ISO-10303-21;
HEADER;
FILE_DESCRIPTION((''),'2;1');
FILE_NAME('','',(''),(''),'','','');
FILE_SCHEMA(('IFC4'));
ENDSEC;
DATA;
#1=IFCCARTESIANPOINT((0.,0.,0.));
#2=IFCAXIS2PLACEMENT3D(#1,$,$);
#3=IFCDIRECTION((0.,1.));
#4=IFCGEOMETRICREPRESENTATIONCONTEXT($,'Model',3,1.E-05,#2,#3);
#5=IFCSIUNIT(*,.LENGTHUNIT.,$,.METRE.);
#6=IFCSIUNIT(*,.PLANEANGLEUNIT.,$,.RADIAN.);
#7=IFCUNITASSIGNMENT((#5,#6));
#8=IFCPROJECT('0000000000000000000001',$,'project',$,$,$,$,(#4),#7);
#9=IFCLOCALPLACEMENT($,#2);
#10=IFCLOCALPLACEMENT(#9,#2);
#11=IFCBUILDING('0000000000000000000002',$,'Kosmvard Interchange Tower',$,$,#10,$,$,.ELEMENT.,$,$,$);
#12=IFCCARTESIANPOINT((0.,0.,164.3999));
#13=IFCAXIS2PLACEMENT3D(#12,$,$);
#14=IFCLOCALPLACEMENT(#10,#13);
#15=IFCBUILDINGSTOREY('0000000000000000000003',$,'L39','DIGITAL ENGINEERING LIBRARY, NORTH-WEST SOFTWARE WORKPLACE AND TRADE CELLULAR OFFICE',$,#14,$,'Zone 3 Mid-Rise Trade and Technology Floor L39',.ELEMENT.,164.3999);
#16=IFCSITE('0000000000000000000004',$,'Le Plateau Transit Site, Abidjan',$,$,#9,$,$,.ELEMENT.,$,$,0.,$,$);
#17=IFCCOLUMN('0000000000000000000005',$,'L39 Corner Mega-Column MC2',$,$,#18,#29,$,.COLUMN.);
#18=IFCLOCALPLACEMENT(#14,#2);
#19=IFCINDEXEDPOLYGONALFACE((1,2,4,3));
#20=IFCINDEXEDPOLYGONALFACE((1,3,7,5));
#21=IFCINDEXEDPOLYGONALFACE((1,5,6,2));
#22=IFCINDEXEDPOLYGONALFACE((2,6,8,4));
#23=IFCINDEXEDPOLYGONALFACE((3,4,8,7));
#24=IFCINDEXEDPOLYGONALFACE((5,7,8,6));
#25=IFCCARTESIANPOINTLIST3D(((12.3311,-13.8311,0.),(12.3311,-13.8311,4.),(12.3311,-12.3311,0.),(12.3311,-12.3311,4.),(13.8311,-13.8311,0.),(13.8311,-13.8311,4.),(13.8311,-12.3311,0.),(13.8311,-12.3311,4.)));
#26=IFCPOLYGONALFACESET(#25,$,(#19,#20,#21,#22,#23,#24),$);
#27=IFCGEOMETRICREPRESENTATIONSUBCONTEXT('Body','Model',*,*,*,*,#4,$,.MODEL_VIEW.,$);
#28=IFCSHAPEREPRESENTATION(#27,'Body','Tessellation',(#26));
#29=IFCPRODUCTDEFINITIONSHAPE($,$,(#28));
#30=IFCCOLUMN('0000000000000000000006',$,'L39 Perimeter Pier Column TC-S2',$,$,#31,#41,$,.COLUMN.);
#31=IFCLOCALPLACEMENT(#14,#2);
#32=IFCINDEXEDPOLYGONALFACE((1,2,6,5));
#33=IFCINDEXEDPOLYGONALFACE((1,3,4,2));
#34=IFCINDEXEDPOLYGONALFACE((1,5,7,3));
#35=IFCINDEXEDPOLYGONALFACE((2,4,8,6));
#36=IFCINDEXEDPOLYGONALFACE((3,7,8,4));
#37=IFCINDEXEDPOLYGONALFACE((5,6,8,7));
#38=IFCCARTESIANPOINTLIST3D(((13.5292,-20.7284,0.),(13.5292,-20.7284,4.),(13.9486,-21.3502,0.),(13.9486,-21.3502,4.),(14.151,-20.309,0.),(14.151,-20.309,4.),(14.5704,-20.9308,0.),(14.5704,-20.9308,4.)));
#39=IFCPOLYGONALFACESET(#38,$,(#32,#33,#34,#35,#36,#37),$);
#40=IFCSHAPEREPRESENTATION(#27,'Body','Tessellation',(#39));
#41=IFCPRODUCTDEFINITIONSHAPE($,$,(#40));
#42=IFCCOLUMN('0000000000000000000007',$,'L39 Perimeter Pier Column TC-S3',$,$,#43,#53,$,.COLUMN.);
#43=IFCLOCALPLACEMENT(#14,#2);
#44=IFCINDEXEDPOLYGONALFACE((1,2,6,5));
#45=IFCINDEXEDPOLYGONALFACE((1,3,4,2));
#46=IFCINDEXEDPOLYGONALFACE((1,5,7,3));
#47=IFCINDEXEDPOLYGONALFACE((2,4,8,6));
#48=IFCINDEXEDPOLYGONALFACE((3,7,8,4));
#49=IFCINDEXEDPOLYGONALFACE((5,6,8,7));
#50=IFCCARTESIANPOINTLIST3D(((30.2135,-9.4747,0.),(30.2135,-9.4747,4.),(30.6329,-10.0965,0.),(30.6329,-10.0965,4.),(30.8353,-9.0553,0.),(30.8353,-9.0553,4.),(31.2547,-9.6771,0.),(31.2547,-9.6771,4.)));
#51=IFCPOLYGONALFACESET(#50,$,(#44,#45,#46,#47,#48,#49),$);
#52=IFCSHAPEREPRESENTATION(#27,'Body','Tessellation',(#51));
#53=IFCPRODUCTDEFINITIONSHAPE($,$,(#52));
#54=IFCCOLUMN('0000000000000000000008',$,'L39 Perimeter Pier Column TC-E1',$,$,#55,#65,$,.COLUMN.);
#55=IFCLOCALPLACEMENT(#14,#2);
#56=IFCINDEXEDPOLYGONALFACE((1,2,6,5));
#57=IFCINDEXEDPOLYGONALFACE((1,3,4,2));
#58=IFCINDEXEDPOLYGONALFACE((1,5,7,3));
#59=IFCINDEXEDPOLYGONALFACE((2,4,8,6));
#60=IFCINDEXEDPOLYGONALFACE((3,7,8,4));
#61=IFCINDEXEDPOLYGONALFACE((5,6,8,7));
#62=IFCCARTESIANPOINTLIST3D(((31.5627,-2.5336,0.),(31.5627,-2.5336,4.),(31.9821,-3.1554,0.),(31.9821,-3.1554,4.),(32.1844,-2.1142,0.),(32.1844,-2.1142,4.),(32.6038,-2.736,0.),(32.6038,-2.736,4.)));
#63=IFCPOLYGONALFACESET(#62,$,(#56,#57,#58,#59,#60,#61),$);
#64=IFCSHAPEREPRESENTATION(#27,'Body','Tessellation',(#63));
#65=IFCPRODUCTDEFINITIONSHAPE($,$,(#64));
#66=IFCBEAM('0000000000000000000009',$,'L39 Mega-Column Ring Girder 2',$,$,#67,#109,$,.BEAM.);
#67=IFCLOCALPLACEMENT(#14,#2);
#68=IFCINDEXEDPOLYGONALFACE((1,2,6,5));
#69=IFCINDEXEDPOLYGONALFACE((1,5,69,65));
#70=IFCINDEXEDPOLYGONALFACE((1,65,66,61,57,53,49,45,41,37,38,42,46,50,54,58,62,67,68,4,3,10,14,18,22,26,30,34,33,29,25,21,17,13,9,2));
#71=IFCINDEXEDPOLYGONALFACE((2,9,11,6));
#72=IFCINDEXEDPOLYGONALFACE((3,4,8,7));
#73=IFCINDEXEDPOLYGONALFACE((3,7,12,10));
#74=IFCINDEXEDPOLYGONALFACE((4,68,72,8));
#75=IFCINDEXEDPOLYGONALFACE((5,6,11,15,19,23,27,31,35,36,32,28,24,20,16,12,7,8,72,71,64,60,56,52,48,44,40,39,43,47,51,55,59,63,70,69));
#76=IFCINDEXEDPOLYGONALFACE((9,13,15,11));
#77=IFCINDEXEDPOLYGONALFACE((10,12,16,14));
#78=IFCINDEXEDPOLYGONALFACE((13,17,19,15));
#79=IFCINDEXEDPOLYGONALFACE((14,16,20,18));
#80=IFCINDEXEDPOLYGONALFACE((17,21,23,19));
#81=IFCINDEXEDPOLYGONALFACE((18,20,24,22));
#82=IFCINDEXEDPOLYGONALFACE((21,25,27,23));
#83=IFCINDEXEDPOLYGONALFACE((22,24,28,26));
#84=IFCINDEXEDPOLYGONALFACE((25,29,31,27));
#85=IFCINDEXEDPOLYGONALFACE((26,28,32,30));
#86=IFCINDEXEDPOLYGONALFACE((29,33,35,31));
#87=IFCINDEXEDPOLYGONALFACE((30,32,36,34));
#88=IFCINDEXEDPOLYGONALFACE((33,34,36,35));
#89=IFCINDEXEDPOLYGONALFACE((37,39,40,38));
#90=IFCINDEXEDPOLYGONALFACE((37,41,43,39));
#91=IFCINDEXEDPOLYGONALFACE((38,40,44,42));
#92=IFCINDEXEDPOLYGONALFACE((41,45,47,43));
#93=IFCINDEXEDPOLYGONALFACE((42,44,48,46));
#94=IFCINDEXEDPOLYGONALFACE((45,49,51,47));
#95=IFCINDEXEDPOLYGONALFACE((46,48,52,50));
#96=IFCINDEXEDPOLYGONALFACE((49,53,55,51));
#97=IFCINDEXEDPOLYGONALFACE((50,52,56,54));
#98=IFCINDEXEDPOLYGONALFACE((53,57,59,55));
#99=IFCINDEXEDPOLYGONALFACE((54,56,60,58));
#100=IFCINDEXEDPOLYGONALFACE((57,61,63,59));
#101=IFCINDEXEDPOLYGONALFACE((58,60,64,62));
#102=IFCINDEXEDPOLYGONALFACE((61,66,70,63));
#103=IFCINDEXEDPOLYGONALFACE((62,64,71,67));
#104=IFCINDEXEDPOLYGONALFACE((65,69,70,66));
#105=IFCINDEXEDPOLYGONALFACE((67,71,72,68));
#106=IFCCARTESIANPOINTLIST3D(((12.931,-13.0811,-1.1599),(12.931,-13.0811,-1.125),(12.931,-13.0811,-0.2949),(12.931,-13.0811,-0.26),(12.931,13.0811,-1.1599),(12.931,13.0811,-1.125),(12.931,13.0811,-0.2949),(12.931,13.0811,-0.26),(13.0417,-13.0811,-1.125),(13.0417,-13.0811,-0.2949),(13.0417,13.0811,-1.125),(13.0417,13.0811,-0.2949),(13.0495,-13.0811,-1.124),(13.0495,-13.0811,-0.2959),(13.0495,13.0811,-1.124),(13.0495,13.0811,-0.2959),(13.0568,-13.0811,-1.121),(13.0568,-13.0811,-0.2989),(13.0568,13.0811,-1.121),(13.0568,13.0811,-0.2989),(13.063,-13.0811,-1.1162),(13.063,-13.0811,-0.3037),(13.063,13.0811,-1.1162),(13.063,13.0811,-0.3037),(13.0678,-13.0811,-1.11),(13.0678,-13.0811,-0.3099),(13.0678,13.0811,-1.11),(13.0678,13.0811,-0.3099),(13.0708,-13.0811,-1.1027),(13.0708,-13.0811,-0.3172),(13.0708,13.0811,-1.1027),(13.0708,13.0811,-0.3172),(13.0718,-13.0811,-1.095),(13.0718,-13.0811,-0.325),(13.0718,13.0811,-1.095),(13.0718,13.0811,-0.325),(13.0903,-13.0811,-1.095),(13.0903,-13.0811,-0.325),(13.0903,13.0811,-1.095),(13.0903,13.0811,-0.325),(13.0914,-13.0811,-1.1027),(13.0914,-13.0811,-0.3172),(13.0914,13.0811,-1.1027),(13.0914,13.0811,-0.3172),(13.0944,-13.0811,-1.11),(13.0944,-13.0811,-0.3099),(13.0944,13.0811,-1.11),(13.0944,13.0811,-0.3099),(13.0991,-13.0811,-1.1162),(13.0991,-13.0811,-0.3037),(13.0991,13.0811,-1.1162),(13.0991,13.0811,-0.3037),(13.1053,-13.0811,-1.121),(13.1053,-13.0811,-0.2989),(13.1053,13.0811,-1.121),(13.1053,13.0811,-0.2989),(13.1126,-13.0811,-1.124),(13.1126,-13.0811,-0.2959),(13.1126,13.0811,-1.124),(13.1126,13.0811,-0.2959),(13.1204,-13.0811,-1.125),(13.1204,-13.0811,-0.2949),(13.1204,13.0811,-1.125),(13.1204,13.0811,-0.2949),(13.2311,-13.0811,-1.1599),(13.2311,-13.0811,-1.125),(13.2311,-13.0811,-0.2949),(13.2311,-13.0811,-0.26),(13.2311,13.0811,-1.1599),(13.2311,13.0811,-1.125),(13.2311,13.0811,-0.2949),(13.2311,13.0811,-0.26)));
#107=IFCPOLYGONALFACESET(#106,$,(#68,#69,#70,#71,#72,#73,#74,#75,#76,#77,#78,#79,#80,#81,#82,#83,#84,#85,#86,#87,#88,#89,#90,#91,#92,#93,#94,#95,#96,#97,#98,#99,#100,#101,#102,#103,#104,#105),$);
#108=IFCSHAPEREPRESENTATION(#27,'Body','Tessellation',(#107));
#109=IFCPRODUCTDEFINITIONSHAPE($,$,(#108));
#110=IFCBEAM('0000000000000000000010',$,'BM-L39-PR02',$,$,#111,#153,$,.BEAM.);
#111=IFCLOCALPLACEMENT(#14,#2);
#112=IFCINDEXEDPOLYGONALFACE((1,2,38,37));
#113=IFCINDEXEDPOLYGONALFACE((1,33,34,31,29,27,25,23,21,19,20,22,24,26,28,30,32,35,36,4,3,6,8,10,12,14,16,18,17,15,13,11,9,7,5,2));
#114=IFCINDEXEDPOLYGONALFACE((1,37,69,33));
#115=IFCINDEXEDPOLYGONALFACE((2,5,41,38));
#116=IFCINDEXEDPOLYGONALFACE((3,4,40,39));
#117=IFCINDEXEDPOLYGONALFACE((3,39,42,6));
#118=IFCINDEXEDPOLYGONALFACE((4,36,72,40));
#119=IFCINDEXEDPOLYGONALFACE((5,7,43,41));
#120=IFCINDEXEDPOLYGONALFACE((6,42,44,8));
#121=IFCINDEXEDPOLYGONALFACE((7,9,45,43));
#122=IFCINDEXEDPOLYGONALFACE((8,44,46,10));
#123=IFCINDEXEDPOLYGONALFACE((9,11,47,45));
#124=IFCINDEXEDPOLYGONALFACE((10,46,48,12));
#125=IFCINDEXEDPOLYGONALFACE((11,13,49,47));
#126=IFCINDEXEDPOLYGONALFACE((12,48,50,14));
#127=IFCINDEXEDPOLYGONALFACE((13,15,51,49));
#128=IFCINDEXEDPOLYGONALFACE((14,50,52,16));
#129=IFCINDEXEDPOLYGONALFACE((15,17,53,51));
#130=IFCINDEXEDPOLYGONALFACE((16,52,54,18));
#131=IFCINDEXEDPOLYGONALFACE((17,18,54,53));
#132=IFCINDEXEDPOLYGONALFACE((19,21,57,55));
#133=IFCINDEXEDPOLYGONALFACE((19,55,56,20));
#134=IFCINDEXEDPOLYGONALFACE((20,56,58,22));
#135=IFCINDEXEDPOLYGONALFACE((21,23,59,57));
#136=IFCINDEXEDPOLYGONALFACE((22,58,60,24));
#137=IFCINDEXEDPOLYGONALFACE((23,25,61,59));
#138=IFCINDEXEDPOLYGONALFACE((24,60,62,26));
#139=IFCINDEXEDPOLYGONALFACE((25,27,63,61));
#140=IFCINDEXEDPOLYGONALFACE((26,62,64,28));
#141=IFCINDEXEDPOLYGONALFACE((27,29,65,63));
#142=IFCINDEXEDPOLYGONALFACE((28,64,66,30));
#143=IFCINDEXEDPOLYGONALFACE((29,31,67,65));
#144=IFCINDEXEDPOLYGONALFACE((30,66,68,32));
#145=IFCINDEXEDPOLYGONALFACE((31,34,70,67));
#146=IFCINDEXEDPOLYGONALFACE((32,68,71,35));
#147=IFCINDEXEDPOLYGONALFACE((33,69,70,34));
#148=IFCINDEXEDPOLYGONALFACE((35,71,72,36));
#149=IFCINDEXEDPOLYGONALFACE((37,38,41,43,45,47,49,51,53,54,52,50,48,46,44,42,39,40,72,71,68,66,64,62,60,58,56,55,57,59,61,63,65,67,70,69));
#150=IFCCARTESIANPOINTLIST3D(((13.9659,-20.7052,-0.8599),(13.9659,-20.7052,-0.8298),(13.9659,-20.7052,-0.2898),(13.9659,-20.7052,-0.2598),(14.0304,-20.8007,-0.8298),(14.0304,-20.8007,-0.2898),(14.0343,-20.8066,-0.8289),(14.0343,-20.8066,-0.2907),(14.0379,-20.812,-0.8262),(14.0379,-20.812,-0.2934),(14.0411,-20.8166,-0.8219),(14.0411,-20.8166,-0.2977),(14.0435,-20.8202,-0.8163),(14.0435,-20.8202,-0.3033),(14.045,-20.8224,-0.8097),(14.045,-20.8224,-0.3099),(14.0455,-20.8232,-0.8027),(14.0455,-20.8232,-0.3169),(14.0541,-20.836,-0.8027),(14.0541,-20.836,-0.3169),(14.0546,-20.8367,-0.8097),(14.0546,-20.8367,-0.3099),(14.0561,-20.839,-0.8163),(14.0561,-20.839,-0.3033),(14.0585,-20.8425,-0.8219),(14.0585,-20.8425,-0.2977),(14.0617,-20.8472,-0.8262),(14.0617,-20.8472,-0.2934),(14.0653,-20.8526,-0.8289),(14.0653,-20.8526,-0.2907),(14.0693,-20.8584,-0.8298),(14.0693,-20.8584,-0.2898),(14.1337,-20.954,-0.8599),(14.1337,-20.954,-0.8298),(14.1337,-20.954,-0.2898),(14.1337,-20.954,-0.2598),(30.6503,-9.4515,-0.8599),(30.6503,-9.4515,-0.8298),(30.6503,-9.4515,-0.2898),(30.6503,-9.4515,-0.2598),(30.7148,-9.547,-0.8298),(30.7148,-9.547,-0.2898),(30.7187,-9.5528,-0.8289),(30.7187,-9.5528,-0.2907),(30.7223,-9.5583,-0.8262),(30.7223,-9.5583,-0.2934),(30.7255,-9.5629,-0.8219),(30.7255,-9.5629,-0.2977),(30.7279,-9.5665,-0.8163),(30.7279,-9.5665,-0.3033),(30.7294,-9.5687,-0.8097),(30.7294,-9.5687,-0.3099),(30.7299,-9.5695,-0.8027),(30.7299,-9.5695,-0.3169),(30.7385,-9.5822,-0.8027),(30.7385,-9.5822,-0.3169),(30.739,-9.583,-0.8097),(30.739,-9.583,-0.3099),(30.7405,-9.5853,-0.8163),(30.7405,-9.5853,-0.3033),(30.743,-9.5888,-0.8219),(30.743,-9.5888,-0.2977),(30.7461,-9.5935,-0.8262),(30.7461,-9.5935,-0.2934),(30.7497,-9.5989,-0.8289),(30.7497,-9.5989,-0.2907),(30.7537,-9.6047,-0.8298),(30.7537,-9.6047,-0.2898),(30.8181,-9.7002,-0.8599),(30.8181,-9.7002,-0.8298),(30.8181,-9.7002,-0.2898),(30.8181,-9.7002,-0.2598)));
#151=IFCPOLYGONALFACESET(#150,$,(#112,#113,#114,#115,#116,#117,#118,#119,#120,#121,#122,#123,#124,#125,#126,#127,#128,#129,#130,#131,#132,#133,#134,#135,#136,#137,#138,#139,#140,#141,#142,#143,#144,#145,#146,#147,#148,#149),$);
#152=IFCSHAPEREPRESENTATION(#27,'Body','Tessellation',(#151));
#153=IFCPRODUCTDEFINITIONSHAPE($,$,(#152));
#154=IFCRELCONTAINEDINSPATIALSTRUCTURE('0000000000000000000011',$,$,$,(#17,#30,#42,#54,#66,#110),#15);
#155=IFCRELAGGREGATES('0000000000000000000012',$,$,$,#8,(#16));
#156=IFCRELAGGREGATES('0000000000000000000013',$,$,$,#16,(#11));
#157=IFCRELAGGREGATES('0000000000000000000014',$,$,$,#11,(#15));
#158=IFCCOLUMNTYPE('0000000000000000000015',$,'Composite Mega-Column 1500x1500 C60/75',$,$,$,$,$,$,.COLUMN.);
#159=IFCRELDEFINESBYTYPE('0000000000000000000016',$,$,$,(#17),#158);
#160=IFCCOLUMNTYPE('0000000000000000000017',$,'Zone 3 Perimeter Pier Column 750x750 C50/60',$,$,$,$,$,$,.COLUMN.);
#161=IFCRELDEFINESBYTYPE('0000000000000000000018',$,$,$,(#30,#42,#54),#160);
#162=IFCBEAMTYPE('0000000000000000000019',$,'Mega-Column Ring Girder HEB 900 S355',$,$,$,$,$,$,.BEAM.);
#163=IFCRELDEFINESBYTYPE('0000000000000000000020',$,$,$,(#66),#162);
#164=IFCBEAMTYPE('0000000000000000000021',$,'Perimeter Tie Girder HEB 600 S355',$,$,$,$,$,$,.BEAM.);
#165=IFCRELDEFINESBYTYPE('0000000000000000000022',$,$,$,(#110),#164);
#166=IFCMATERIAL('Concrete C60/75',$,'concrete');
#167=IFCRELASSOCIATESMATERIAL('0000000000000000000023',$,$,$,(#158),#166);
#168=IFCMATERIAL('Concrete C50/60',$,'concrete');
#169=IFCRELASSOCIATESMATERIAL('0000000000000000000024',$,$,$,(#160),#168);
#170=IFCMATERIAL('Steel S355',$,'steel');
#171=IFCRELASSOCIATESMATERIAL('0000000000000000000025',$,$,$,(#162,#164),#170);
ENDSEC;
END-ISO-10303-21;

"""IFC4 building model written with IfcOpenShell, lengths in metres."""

from ifc_helpers import new_model, si_unit, direction, frame, origin, origin_2d, place, context, subcontext, project, spatial, rectangle, i_section, extrude, source, transform, mapped, material, material_profile, profile_set, type_object, element, save


model = new_model("IFC4")

# Units and contexts
model_context = context("Model", 3, precision=1e-05, world=origin(), true_north=direction((0.0, 1.0)))
body_context = subcontext(model_context, "Body", "Model", "MODEL_VIEW")
ifc_project = project(units=[si_unit("LENGTHUNIT", "METRE"), si_unit("PLANEANGLEUNIT", "RADIAN")], contexts=[model_context])

# Site, building, storey
site_placement = place(None, origin())
site = spatial("IfcSite", under=ifc_project, at=site_placement, Name="Le Plateau Transit Site, Abidjan", CompositionType="ELEMENT", RefElevation=0.0)
building_placement = place(site_placement, origin())
building = spatial("IfcBuilding", under=site, at=building_placement, Name="Kosmvard Interchange Tower", CompositionType="ELEMENT")
storey_placement = place(building_placement, frame((0.0, 0.0, 164.3999)))
storey = spatial("IfcBuildingStorey", under=building, at=storey_placement, Name="L39", Description="DIGITAL ENGINEERING LIBRARY, NORTH-WEST SOFTWARE WORKPLACE AND TRADE CELLULAR OFFICE", LongName="Zone 3 Mid-Rise Trade and Technology Floor L39", CompositionType="ELEMENT", Elevation=164.3999)

# Columns
ifc_material_1 = material(Name="Concrete C60/75", Category="concrete")
ifc_material_profile_1 = material_profile(ifc_material_1, rectangle(XDim=1.5, YDim=1.5, at=origin_2d()), Name="MC 1500x1500")
ifc_profile_set_1 = profile_set([ifc_material_profile_1], Name="Concrete C60/75")
column_type_1 = type_object("IfcColumnType", Name="Composite Mega-Column 1500x1500 C60/75", PredefinedType="COLUMN", material=ifc_profile_set_1)
shared_shape_1 = source(origin(), body_context, "Body", "SweptSolid", [
    extrude(rectangle(XDim=1.5, YDim=1.5, at=origin_2d()), origin(), (0.0, 0.0, 1.0), 4.0),
])
column_placement = place(storey_placement, frame((13.0811, -13.0811, 0.0), z_axis=(0.0, 0.0, 1.0), x_axis=(1.0, 0.0, 0.0)))
element("IfcColumn", 1, at=column_placement, inside=storey, type_object=column_type_1, Name="L39 Corner Mega-Column MC2", PredefinedType="COLUMN", context=body_context, shape_type="MappedRepresentation", body=[
    mapped(shared_shape_1, transform((0.0, 0.0, 0.0), scale=1.0)),
])
ifc_material_2 = material(Name="Concrete C50/60", Category="concrete")
ifc_material_profile_2 = material_profile(ifc_material_2, rectangle(XDim=0.75, YDim=0.75, at=origin_2d()), Name="TC 750x750")
ifc_profile_set_2 = profile_set([ifc_material_profile_2], Name="Concrete C50/60")
column_type_2 = type_object("IfcColumnType", Name="Zone 3 Perimeter Pier Column 750x750 C50/60", PredefinedType="COLUMN", material=ifc_profile_set_2)
shared_shape_2 = source(origin(), body_context, "Body", "SweptSolid", [
    extrude(rectangle(XDim=0.75, YDim=0.75, at=origin_2d()), origin(), (0.0, 0.0, 1.0), 4.0),
])
for number, where, z_axis, x_axis, name in (
    (2, (14.0498, -20.8296, 0.0), (0.0, 0.0, 1.0), (0.829038, 0.559193, 0.0), "L39 Perimeter Pier Column TC-S2"),
    (3, (30.7341, -9.5759, 0.0), (0.0, 0.0, 1.0), (0.829038, 0.559193, 0.0), "L39 Perimeter Pier Column TC-S3"),
    (4, (32.0833, -2.6348, 0.0), (0.0, 0.0, 1.0), (0.829038, 0.559193, 0.0), "L39 Perimeter Pier Column TC-E1"),
):
    element("IfcColumn", number, at=place(storey_placement, frame(where, z_axis=z_axis, x_axis=x_axis)), inside=storey, type_object=column_type_2, Name=name, PredefinedType="COLUMN", context=body_context, shape_type="MappedRepresentation", body=[
        mapped(shared_shape_2, transform((0.0, 0.0, 0.0), scale=1.0)),
    ])

# Beams
ifc_material_3 = material(Name="Steel S355", Category="steel")
ifc_material_profile_3 = material_profile(ifc_material_3, i_section(OverallWidth=0.3, OverallDepth=0.8999, WebThickness=0.0186, FlangeThickness=0.0349, FilletRadius=0.03, at=origin_2d()), Name="HEB 900")
ifc_profile_set_3 = profile_set([ifc_material_profile_3], Name="Steel S355")
beam_type_1 = type_object("IfcBeamType", Name="Mega-Column Ring Girder HEB 900 S355", PredefinedType="BEAM", material=ifc_profile_set_3)
shared_shape_3 = source(origin(), body_context, "Body", "SweptSolid", [
    extrude(i_section(OverallWidth=0.3, OverallDepth=0.8999, WebThickness=0.0186, FlangeThickness=0.0349, FilletRadius=0.03, at=origin_2d()), origin(), (0.0, 0.0, 1.0), 26.1621),
])
beam_1_placement = place(storey_placement, frame((13.0811, -13.0811, -0.71), z_axis=(0.0, 1.0, 0.0), x_axis=(-1.0, 0.0, 0.0)))
element("IfcBeam", 5, at=beam_1_placement, inside=storey, type_object=beam_type_1, Name="L39 Mega-Column Ring Girder 2", PredefinedType="BEAM", context=body_context, shape_type="MappedRepresentation", body=[
    mapped(shared_shape_3, transform((0.0, 0.0, 0.0), scale=1.0)),
])
ifc_material_profile_4 = material_profile(ifc_material_3, i_section(OverallWidth=0.3, OverallDepth=0.6001, WebThickness=0.0154, FlangeThickness=0.03, FilletRadius=0.0271, at=origin_2d()), Name="HEB 600")
ifc_profile_set_4 = profile_set([ifc_material_profile_4], Name="Steel S355")
beam_type_2 = type_object("IfcBeamType", Name="Perimeter Tie Girder HEB 600 S355", PredefinedType="BEAM", material=ifc_profile_set_4)
shared_shape_4 = source(origin(), body_context, "Body", "SweptSolid", [
    extrude(i_section(OverallWidth=0.3, OverallDepth=0.6001, WebThickness=0.0154, FlangeThickness=0.03, FilletRadius=0.0271, at=origin_2d()), origin(), (0.0, 0.0, 1.0), 20.125),
])
for number, where, z_axis, x_axis, name in (
    (6, (14.0498, -20.8296, -0.5598), (0.829039, 0.559191, 0.0), (-0.559191, 0.829039, 0.0), "BM-L39-PR02"),
):
    element("IfcBeam", number, at=place(storey_placement, frame(where, z_axis=z_axis, x_axis=x_axis)), inside=storey, type_object=beam_type_2, Name=name, PredefinedType="BEAM", context=body_context, shape_type="MappedRepresentation", body=[
        mapped(shared_shape_4, transform((0.0, 0.0, 0.0), scale=1.0)),
    ])

save(model, "model.ifc")
